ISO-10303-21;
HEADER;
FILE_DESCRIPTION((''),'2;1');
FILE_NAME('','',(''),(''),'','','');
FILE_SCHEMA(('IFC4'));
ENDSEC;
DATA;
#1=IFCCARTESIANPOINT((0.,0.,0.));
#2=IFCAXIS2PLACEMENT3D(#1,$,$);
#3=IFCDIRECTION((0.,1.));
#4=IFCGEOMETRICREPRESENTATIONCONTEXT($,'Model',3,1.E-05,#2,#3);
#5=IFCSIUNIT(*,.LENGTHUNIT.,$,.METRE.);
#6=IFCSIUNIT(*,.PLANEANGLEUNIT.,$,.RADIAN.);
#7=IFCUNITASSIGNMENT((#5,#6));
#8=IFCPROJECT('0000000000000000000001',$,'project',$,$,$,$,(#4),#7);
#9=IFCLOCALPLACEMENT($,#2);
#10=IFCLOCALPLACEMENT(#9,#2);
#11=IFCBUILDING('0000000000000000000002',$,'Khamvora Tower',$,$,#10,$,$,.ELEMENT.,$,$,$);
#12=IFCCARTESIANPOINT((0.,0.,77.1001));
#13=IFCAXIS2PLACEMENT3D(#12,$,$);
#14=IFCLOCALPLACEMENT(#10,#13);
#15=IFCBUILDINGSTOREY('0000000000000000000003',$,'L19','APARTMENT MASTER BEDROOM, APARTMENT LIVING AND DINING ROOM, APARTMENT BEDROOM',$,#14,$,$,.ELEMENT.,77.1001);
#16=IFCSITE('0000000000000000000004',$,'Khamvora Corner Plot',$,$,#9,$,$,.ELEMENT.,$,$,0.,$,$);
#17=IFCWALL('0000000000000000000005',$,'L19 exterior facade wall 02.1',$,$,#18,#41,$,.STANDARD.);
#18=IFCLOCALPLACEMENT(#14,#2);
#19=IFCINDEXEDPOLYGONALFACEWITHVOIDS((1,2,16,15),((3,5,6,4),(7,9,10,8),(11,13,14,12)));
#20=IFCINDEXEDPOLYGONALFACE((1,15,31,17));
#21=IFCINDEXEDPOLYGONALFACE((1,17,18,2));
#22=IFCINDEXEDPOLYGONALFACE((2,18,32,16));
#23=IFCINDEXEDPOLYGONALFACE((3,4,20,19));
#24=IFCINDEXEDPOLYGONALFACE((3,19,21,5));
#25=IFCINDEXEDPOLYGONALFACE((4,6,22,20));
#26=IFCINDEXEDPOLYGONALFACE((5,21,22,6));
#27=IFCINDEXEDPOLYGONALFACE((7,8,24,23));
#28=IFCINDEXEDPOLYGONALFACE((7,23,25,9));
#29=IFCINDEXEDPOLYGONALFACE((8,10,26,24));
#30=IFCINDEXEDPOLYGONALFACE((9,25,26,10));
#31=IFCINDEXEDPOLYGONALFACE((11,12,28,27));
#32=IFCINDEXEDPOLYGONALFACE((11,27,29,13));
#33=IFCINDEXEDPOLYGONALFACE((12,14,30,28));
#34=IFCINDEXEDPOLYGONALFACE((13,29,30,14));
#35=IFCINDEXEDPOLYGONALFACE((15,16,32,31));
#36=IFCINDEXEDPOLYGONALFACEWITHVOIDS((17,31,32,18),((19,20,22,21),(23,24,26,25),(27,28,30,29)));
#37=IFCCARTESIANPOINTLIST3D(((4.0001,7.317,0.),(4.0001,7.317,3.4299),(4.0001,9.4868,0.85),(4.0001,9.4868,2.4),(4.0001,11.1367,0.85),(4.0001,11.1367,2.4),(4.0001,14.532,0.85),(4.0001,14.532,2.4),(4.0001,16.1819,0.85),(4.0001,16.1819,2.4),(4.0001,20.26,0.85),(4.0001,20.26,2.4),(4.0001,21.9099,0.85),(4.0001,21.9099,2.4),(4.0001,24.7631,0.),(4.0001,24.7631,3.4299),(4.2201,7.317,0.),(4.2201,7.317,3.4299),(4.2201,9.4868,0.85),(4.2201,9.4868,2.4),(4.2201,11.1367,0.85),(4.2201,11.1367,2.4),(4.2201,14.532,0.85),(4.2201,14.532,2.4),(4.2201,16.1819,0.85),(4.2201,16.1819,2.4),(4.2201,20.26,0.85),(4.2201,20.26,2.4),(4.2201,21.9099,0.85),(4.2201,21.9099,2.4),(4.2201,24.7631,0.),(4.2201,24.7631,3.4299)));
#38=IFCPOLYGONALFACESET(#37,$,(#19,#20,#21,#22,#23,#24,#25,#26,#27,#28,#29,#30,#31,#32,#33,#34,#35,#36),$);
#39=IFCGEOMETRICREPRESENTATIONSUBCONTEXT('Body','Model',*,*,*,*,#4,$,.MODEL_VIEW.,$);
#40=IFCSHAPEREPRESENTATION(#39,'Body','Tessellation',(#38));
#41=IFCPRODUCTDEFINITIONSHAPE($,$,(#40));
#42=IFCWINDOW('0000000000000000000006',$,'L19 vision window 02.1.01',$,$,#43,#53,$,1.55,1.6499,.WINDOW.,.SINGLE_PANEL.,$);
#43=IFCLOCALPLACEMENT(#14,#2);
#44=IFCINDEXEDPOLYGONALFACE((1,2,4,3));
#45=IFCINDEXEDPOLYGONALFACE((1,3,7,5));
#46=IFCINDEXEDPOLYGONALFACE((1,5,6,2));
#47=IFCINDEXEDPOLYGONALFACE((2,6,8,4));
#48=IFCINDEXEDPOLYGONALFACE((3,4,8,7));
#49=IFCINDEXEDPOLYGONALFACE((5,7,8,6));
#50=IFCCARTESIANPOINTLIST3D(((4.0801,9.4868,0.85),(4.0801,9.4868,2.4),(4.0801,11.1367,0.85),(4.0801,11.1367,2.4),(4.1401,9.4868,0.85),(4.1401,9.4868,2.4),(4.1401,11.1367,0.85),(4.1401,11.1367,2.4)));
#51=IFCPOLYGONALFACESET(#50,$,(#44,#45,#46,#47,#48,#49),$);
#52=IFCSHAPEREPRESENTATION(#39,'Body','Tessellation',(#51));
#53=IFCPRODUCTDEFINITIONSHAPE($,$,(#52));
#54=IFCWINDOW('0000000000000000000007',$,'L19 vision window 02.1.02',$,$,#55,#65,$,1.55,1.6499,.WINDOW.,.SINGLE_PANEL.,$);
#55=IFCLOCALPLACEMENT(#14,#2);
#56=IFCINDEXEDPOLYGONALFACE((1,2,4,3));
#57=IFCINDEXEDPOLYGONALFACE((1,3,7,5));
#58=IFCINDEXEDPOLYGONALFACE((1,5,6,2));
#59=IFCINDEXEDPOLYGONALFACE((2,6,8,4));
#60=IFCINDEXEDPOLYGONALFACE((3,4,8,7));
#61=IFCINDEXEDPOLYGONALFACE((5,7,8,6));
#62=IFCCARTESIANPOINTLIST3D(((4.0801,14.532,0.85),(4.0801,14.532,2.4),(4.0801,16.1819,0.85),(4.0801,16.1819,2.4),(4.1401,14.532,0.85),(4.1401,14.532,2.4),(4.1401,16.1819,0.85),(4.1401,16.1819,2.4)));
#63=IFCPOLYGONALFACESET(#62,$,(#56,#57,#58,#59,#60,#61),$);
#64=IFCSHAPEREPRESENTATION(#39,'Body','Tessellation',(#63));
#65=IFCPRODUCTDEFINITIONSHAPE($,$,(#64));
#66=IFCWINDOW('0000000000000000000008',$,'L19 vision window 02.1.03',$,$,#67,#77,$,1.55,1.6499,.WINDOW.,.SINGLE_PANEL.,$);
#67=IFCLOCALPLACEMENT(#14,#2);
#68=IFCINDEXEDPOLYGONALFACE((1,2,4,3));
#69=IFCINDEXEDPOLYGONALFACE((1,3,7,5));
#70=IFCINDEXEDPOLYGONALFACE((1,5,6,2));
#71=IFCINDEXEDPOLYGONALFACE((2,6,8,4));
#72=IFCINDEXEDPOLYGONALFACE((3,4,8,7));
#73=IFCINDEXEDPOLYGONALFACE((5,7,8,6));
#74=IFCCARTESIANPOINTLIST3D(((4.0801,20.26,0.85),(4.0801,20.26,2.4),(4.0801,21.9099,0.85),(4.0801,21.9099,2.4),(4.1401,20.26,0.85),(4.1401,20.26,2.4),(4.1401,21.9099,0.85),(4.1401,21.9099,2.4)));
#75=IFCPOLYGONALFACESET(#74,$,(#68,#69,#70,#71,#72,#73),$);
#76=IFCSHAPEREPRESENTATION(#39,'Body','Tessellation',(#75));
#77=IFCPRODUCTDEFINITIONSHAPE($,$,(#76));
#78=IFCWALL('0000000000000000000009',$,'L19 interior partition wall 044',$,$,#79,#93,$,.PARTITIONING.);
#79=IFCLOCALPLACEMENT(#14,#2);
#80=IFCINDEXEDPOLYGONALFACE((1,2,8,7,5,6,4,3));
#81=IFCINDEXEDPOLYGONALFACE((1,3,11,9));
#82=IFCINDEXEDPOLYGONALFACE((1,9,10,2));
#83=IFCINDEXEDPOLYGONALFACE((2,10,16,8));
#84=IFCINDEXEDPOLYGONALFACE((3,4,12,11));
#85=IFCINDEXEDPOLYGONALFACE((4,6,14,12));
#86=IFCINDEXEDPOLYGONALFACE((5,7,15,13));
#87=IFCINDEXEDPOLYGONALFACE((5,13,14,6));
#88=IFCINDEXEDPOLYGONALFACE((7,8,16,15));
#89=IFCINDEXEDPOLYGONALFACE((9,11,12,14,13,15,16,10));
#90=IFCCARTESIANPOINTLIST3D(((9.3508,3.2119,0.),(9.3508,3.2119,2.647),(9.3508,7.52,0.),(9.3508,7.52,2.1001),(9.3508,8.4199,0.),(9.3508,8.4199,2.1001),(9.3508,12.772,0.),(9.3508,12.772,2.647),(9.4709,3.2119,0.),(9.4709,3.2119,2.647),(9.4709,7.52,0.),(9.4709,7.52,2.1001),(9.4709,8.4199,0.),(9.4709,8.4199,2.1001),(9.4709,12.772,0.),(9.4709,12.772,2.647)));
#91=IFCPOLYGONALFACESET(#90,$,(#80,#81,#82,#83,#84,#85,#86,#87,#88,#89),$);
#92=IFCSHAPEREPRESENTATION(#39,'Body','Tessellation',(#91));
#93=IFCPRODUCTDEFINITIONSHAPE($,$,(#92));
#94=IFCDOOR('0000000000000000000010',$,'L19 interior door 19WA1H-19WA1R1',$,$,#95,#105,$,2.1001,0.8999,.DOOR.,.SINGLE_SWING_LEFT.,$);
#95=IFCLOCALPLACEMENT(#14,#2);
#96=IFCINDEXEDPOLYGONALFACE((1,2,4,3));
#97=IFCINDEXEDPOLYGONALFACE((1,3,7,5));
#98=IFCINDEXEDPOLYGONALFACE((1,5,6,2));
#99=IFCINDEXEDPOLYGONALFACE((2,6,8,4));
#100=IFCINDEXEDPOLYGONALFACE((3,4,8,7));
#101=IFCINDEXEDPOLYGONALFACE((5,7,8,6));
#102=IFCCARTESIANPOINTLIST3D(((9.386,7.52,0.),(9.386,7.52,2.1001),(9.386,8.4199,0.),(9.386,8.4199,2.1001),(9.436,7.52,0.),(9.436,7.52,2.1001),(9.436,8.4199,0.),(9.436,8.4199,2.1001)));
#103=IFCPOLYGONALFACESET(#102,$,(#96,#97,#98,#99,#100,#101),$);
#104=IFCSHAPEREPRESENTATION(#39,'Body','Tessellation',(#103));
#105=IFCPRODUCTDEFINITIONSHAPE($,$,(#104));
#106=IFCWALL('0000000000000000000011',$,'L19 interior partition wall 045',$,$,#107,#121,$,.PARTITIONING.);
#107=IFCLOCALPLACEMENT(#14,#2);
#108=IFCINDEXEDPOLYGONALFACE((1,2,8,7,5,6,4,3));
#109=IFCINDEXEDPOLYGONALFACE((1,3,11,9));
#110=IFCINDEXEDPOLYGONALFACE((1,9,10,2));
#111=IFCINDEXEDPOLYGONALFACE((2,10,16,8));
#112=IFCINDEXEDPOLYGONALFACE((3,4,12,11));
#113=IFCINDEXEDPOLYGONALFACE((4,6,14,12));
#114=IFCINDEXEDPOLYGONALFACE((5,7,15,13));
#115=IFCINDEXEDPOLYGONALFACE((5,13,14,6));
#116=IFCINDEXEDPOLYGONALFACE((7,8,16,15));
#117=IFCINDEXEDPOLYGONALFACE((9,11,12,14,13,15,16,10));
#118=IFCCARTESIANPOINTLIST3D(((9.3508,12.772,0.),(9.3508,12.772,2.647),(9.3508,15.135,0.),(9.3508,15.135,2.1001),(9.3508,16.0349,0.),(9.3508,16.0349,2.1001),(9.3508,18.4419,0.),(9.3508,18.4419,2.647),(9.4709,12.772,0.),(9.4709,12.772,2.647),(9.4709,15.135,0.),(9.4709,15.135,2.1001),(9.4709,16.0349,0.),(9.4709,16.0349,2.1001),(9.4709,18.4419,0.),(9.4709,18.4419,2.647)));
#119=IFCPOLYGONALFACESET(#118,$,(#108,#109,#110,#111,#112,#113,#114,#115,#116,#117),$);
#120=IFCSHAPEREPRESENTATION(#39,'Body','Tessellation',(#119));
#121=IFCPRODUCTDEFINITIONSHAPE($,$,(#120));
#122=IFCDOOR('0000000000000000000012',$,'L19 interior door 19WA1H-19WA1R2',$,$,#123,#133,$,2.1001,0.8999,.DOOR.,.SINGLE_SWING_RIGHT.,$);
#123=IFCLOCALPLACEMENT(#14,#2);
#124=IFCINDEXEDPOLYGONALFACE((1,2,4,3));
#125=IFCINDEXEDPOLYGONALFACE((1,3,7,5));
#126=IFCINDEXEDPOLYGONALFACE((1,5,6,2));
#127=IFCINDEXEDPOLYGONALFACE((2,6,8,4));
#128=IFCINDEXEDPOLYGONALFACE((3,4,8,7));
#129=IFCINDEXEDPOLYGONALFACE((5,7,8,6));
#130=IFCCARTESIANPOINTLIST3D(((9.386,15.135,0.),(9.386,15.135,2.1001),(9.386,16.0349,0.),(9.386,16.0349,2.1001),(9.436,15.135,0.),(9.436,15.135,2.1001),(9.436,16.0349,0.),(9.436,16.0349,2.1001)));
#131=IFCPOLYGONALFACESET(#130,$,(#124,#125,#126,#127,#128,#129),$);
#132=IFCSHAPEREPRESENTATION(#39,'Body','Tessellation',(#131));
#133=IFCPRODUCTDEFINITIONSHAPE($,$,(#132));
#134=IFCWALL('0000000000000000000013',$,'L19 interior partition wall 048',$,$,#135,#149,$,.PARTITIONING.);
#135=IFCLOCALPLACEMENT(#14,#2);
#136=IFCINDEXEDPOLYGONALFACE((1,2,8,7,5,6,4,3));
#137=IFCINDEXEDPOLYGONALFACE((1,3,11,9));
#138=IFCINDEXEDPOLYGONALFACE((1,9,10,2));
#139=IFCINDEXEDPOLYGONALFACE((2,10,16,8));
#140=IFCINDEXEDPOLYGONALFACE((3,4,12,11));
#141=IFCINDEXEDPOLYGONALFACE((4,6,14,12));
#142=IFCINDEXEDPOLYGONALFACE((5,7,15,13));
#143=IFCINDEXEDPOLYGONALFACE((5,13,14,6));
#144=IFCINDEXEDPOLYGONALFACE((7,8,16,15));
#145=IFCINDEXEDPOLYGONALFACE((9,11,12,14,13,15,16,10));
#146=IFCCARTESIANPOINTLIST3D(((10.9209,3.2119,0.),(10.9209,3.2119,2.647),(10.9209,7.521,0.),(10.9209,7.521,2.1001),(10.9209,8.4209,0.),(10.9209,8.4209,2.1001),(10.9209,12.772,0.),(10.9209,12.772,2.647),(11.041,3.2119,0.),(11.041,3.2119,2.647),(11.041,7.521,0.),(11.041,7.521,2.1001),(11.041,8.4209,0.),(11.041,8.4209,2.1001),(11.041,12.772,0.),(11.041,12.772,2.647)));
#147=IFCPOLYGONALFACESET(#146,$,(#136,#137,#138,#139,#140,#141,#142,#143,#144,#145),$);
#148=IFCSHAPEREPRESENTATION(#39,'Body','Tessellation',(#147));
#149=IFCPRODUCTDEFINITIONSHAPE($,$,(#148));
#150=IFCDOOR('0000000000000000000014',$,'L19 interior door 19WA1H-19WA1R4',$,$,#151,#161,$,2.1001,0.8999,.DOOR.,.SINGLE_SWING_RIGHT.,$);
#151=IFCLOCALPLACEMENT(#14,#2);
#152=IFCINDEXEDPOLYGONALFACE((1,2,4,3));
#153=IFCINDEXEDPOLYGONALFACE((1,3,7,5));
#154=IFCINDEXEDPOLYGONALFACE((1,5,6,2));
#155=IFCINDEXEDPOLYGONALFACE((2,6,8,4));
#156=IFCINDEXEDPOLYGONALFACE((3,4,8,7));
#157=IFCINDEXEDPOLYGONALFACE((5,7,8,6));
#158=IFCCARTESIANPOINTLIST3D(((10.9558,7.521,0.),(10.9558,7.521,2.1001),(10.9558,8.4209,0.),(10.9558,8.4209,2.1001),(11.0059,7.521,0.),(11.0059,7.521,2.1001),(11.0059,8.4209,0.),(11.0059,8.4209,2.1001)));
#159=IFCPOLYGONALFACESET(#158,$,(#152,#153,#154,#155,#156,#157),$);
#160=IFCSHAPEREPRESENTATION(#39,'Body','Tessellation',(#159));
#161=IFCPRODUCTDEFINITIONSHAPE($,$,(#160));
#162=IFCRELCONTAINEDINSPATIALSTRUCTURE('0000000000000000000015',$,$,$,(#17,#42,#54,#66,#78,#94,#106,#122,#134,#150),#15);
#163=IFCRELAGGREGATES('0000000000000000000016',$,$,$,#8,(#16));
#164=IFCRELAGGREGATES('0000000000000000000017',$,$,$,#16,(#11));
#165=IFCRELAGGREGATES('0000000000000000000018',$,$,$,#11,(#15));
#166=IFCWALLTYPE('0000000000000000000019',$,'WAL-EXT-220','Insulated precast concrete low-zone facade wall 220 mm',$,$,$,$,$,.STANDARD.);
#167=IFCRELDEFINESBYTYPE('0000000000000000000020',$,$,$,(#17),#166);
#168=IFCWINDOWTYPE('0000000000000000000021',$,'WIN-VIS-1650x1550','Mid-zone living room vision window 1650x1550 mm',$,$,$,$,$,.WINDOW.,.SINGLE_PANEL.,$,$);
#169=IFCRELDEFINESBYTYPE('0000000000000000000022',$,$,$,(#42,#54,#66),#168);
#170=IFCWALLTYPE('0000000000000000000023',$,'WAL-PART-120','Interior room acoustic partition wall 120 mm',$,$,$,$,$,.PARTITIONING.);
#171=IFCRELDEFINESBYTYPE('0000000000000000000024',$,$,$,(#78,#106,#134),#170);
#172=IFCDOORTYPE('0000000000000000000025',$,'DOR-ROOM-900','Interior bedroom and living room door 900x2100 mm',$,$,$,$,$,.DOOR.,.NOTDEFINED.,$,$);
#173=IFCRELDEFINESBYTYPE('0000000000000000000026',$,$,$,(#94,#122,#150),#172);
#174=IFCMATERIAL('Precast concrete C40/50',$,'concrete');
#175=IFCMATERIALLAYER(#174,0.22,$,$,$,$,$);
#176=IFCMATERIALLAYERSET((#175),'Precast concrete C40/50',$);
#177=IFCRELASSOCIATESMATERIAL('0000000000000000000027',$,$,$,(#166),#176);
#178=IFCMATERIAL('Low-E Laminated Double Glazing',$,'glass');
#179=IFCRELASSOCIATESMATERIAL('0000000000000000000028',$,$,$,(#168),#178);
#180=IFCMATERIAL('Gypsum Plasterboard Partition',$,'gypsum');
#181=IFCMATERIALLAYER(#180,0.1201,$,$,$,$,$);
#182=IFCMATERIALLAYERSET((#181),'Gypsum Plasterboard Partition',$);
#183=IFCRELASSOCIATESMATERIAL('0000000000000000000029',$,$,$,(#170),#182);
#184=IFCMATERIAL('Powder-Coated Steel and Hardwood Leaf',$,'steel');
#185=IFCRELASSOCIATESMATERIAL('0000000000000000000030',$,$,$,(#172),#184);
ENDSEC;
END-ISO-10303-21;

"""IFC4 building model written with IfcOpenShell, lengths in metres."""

from ifc_helpers import new_model, si_unit, direction, frame, frame_2d, origin, place, context, subcontext, project, spatial, rectangle, extrude, material, layer, layer_set, type_object, element, fill, save


model = new_model("IFC4")

# Units and contexts
model_context = context("Model", 3, precision=1e-05, world=origin(), true_north=direction((0.0, 1.0)))
body_context = subcontext(model_context, "Body", "Model", "MODEL_VIEW")
ifc_project = project(units=[si_unit("LENGTHUNIT", "METRE"), si_unit("PLANEANGLEUNIT", "RADIAN")], contexts=[model_context])

# Site, building, storey
site_placement = place(None, origin())
site = spatial("IfcSite", under=ifc_project, at=site_placement, Name="Khamvora Corner Plot", CompositionType="ELEMENT", RefElevation=0.0)
building_placement = place(site_placement, origin())
building = spatial("IfcBuilding", under=site, at=building_placement, Name="Khamvora Tower", CompositionType="ELEMENT")
storey_placement = place(building_placement, frame((0.0, 0.0, 77.1001)))
storey = spatial("IfcBuildingStorey", under=building, at=storey_placement, Name="L19", Description="APARTMENT MASTER BEDROOM, APARTMENT LIVING AND DINING ROOM, APARTMENT BEDROOM", CompositionType="ELEMENT", Elevation=77.1001)

# Shared definitions
ifc_material_1 = material(Name="Precast concrete C40/50", Category="concrete")
ifc_layer_1 = layer(ifc_material_1, 0.22)
ifc_layer_set_1 = layer_set([ifc_layer_1], Name="Precast concrete C40/50")
wall_type_1 = type_object("IfcWallType", Name="WAL-EXT-220", Description="Insulated precast concrete low-zone facade wall 220 mm", PredefinedType="STANDARD", material=ifc_layer_set_1)

# Wall, openings, windows
wall_1_placement = place(storey_placement, frame((4.1101, 7.3169, 0.0), z_axis=(0.0, 0.0, 1.0), x_axis=(0.0, 1.0, 0.0)))
wall_1 = element("IfcWall", 1, at=wall_1_placement, inside=storey, type_object=wall_type_1, Name="L19 exterior facade wall 02.1", PredefinedType="STANDARD", context=body_context, shape_type="SweptSolid", body=[
    extrude(rectangle(XDim=17.446, YDim=0.22, at=frame_2d((8.7231, 0.0))), origin(), (0.0, 0.0, 1.0), 3.4299),
])
opening_1_placement = place(wall_1_placement, frame((2.1699, 0.0, 0.8501)))
opening_1 = element("IfcOpeningElement", 2, at=opening_1_placement, cuts=wall_1, PredefinedType="OPENING", context=body_context, shape_type="SweptSolid", body=[
    extrude(rectangle(XDim=1.6499, YDim=1.55, at=frame_2d((0.825, 0.7749))), frame((0.0, 0.1199, 0.0), z_axis=(0.0, -1.0, 0.0), x_axis=(1.0, 0.0, 0.0)), (0.0, 0.0, 1.0), 0.24),
])
opening_2_placement = place(wall_1_placement, frame((7.2151, 0.0, 0.8501)))
opening_2 = element("IfcOpeningElement", 3, at=opening_2_placement, cuts=wall_1, PredefinedType="OPENING", context=body_context, shape_type="SweptSolid", body=[
    extrude(rectangle(XDim=1.6499, YDim=1.55, at=frame_2d((0.825, 0.7749))), frame((0.0, 0.1199, 0.0), z_axis=(0.0, -1.0, 0.0), x_axis=(1.0, 0.0, 0.0)), (0.0, 0.0, 1.0), 0.24),
])
opening_3_placement = place(wall_1_placement, frame((12.9431, 0.0, 0.8501)))
opening_3 = element("IfcOpeningElement", 4, at=opening_3_placement, cuts=wall_1, PredefinedType="OPENING", context=body_context, shape_type="SweptSolid", body=[
    extrude(rectangle(XDim=1.6499, YDim=1.55, at=frame_2d((0.825, 0.7749))), frame((0.0, 0.1199, 0.0), z_axis=(0.0, -1.0, 0.0), x_axis=(1.0, 0.0, 0.0)), (0.0, 0.0, 1.0), 0.24),
])
ifc_material_2 = material(Name="Low-E Laminated Double Glazing", Category="glass")
window_type = type_object("IfcWindowType", Name="WIN-VIS-1650x1550", Description="Mid-zone living room vision window 1650x1550 mm", PartitioningType="SINGLE_PANEL", PredefinedType="WINDOW", material=ifc_material_2)
window_1_placement = place(opening_1_placement, origin())
window_1 = element("IfcWindow", 5, at=window_1_placement, inside=storey, type_object=window_type, Name="L19 vision window 02.1.01", OverallHeight=1.55, OverallWidth=1.6499, PartitioningType="SINGLE_PANEL", PredefinedType="WINDOW", context=body_context, shape_type="SweptSolid", body=[
    extrude(rectangle(XDim=1.6499, YDim=1.55, at=frame_2d((0.825, 0.7749))), frame((0.0, 0.03, 0.0), z_axis=(0.0, -1.0, 0.0), x_axis=(1.0, 0.0, 0.0)), (0.0, 0.0, 1.0), 0.0601),
])
fill(opening_1, window_1)
window_2_placement = place(opening_2_placement, origin())
window_2 = element("IfcWindow", 6, at=window_2_placement, inside=storey, type_object=window_type, Name="L19 vision window 02.1.02", OverallHeight=1.55, OverallWidth=1.6499, PartitioningType="SINGLE_PANEL", PredefinedType="WINDOW", context=body_context, shape_type="SweptSolid", body=[
    extrude(rectangle(XDim=1.6499, YDim=1.55, at=frame_2d((0.825, 0.7749))), frame((0.0, 0.03, 0.0), z_axis=(0.0, -1.0, 0.0), x_axis=(1.0, 0.0, 0.0)), (0.0, 0.0, 1.0), 0.0601),
])
fill(opening_2, window_2)
window_3_placement = place(opening_3_placement, origin())
window_3 = element("IfcWindow", 7, at=window_3_placement, inside=storey, type_object=window_type, Name="L19 vision window 02.1.03", OverallHeight=1.55, OverallWidth=1.6499, PartitioningType="SINGLE_PANEL", PredefinedType="WINDOW", context=body_context, shape_type="SweptSolid", body=[
    extrude(rectangle(XDim=1.6499, YDim=1.55, at=frame_2d((0.825, 0.7749))), frame((0.0, 0.03, 0.0), z_axis=(0.0, -1.0, 0.0), x_axis=(1.0, 0.0, 0.0)), (0.0, 0.0, 1.0), 0.0601),
])
fill(opening_3, window_3)

# Walls, openings, doors
ifc_material_3 = material(Name="Gypsum Plasterboard Partition", Category="gypsum")
ifc_layer_2 = layer(ifc_material_3, 0.1201)
ifc_layer_set_2 = layer_set([ifc_layer_2], Name="Gypsum Plasterboard Partition")
wall_type_2 = type_object("IfcWallType", Name="WAL-PART-120", Description="Interior room acoustic partition wall 120 mm", PredefinedType="PARTITIONING", material=ifc_layer_set_2)
wall_2_placement = place(storey_placement, frame((9.4109, 3.2119, 0.0), z_axis=(0.0, 0.0, 1.0), x_axis=(0.0, 1.0, 0.0)))
wall_2 = element("IfcWall", 8, at=wall_2_placement, inside=storey, type_object=wall_type_2, Name="L19 interior partition wall 044", PredefinedType="PARTITIONING", context=body_context, shape_type="SweptSolid", body=[
    extrude(rectangle(XDim=9.5601, YDim=0.1201, at=frame_2d((4.78, 0.0))), origin(), (0.0, 0.0, 1.0), 2.647),
])
opening_4_placement = place(wall_2_placement, frame((4.3081, 0.0, 0.0)))
opening_4 = element("IfcOpeningElement", 9, at=opening_4_placement, cuts=wall_2, PredefinedType="OPENING", context=body_context, shape_type="SweptSolid", body=[
    extrude(rectangle(XDim=0.8999, YDim=2.1001, at=frame_2d((0.45, 1.05))), frame((0.0, 0.0701, 0.0), z_axis=(0.0, -1.0, 0.0), x_axis=(1.0, 0.0, 0.0)), (0.0, 0.0, 1.0), 0.1401),
])
ifc_material_4 = material(Name="Powder-Coated Steel and Hardwood Leaf", Category="steel")
door_type = type_object("IfcDoorType", Name="DOR-ROOM-900", Description="Interior bedroom and living room door 900x2100 mm", OperationType="NOTDEFINED", PredefinedType="DOOR", material=ifc_material_4)
door_1_placement = place(opening_4_placement, origin())
door_1 = element("IfcDoor", 10, at=door_1_placement, inside=storey, type_object=door_type, Name="L19 interior door 19WA1H-19WA1R1", OperationType="SINGLE_SWING_LEFT", OverallHeight=2.1001, OverallWidth=0.8999, PredefinedType="DOOR", context=body_context, shape_type="SweptSolid", body=[
    extrude(rectangle(XDim=0.8999, YDim=2.1001, at=frame_2d((0.45, 1.05))), frame((0.0, 0.0249, 0.0), z_axis=(0.0, -1.0, 0.0), x_axis=(1.0, 0.0, 0.0)), (0.0, 0.0, 1.0), 0.05),
])
fill(opening_4, door_1)
wall_3_placement = place(storey_placement, frame((9.4109, 12.772, 0.0), z_axis=(0.0, 0.0, 1.0), x_axis=(0.0, 1.0, 0.0)))
wall_3 = element("IfcWall", 11, at=wall_3_placement, inside=storey, type_object=wall_type_2, Name="L19 interior partition wall 045", PredefinedType="PARTITIONING", context=body_context, shape_type="SweptSolid", body=[
    extrude(rectangle(XDim=5.6699, YDim=0.1201, at=frame_2d((2.835, 0.0))), origin(), (0.0, 0.0, 1.0), 2.647),
])
opening_5_placement = place(wall_3_placement, frame((2.363, 0.0, 0.0)))
opening_5 = element("IfcOpeningElement", 12, at=opening_5_placement, cuts=wall_3, PredefinedType="OPENING", context=body_context, shape_type="SweptSolid", body=[
    extrude(rectangle(XDim=0.8999, YDim=2.1001, at=frame_2d((0.45, 1.05))), frame((0.0, 0.0701, 0.0), z_axis=(0.0, -1.0, 0.0), x_axis=(1.0, 0.0, 0.0)), (0.0, 0.0, 1.0), 0.1401),
])
door_2_placement = place(opening_5_placement, origin())
door_2 = element("IfcDoor", 13, at=door_2_placement, inside=storey, type_object=door_type, Name="L19 interior door 19WA1H-19WA1R2", OperationType="SINGLE_SWING_RIGHT", OverallHeight=2.1001, OverallWidth=0.8999, PredefinedType="DOOR", context=body_context, shape_type="SweptSolid", body=[
    extrude(rectangle(XDim=0.8999, YDim=2.1001, at=frame_2d((0.45, 1.05))), frame((0.0, 0.0249, 0.0), z_axis=(0.0, -1.0, 0.0), x_axis=(1.0, 0.0, 0.0)), (0.0, 0.0, 1.0), 0.05),
])
fill(opening_5, door_2)
wall_4_placement = place(storey_placement, frame((10.981, 12.772, 0.0), z_axis=(0.0, 0.0, 1.0), x_axis=(0.0, -1.0, 0.0)))
wall_4 = element("IfcWall", 14, at=wall_4_placement, inside=storey, type_object=wall_type_2, Name="L19 interior partition wall 048", PredefinedType="PARTITIONING", context=body_context, shape_type="SweptSolid", body=[
    extrude(rectangle(XDim=9.5601, YDim=0.1201, at=frame_2d((4.78, 0.0))), origin(), (0.0, 0.0, 1.0), 2.647),
])
opening_6_placement = place(wall_4_placement, frame((4.3511, 0.0, 0.0)))
opening_6 = element("IfcOpeningElement", 15, at=opening_6_placement, cuts=wall_4, PredefinedType="OPENING", context=body_context, shape_type="SweptSolid", body=[
    extrude(rectangle(XDim=0.8999, YDim=2.1001, at=frame_2d((0.45, 1.05))), frame((0.0, 0.0701, 0.0), z_axis=(0.0, -1.0, 0.0), x_axis=(1.0, 0.0, 0.0)), (0.0, 0.0, 1.0), 0.1401),
])
door_3_placement = place(opening_6_placement, origin())
door_3 = element("IfcDoor", 16, at=door_3_placement, inside=storey, type_object=door_type, Name="L19 interior door 19WA1H-19WA1R4", OperationType="SINGLE_SWING_RIGHT", OverallHeight=2.1001, OverallWidth=0.8999, PredefinedType="DOOR", context=body_context, shape_type="SweptSolid", body=[
    extrude(rectangle(XDim=0.8999, YDim=2.1001, at=frame_2d((0.45, 1.05))), frame((0.0, 0.0249, 0.0), z_axis=(0.0, -1.0, 0.0), x_axis=(1.0, 0.0, 0.0)), (0.0, 0.0, 1.0), 0.05),
])
fill(opening_6, door_3)

save(model, "model.ifc")
